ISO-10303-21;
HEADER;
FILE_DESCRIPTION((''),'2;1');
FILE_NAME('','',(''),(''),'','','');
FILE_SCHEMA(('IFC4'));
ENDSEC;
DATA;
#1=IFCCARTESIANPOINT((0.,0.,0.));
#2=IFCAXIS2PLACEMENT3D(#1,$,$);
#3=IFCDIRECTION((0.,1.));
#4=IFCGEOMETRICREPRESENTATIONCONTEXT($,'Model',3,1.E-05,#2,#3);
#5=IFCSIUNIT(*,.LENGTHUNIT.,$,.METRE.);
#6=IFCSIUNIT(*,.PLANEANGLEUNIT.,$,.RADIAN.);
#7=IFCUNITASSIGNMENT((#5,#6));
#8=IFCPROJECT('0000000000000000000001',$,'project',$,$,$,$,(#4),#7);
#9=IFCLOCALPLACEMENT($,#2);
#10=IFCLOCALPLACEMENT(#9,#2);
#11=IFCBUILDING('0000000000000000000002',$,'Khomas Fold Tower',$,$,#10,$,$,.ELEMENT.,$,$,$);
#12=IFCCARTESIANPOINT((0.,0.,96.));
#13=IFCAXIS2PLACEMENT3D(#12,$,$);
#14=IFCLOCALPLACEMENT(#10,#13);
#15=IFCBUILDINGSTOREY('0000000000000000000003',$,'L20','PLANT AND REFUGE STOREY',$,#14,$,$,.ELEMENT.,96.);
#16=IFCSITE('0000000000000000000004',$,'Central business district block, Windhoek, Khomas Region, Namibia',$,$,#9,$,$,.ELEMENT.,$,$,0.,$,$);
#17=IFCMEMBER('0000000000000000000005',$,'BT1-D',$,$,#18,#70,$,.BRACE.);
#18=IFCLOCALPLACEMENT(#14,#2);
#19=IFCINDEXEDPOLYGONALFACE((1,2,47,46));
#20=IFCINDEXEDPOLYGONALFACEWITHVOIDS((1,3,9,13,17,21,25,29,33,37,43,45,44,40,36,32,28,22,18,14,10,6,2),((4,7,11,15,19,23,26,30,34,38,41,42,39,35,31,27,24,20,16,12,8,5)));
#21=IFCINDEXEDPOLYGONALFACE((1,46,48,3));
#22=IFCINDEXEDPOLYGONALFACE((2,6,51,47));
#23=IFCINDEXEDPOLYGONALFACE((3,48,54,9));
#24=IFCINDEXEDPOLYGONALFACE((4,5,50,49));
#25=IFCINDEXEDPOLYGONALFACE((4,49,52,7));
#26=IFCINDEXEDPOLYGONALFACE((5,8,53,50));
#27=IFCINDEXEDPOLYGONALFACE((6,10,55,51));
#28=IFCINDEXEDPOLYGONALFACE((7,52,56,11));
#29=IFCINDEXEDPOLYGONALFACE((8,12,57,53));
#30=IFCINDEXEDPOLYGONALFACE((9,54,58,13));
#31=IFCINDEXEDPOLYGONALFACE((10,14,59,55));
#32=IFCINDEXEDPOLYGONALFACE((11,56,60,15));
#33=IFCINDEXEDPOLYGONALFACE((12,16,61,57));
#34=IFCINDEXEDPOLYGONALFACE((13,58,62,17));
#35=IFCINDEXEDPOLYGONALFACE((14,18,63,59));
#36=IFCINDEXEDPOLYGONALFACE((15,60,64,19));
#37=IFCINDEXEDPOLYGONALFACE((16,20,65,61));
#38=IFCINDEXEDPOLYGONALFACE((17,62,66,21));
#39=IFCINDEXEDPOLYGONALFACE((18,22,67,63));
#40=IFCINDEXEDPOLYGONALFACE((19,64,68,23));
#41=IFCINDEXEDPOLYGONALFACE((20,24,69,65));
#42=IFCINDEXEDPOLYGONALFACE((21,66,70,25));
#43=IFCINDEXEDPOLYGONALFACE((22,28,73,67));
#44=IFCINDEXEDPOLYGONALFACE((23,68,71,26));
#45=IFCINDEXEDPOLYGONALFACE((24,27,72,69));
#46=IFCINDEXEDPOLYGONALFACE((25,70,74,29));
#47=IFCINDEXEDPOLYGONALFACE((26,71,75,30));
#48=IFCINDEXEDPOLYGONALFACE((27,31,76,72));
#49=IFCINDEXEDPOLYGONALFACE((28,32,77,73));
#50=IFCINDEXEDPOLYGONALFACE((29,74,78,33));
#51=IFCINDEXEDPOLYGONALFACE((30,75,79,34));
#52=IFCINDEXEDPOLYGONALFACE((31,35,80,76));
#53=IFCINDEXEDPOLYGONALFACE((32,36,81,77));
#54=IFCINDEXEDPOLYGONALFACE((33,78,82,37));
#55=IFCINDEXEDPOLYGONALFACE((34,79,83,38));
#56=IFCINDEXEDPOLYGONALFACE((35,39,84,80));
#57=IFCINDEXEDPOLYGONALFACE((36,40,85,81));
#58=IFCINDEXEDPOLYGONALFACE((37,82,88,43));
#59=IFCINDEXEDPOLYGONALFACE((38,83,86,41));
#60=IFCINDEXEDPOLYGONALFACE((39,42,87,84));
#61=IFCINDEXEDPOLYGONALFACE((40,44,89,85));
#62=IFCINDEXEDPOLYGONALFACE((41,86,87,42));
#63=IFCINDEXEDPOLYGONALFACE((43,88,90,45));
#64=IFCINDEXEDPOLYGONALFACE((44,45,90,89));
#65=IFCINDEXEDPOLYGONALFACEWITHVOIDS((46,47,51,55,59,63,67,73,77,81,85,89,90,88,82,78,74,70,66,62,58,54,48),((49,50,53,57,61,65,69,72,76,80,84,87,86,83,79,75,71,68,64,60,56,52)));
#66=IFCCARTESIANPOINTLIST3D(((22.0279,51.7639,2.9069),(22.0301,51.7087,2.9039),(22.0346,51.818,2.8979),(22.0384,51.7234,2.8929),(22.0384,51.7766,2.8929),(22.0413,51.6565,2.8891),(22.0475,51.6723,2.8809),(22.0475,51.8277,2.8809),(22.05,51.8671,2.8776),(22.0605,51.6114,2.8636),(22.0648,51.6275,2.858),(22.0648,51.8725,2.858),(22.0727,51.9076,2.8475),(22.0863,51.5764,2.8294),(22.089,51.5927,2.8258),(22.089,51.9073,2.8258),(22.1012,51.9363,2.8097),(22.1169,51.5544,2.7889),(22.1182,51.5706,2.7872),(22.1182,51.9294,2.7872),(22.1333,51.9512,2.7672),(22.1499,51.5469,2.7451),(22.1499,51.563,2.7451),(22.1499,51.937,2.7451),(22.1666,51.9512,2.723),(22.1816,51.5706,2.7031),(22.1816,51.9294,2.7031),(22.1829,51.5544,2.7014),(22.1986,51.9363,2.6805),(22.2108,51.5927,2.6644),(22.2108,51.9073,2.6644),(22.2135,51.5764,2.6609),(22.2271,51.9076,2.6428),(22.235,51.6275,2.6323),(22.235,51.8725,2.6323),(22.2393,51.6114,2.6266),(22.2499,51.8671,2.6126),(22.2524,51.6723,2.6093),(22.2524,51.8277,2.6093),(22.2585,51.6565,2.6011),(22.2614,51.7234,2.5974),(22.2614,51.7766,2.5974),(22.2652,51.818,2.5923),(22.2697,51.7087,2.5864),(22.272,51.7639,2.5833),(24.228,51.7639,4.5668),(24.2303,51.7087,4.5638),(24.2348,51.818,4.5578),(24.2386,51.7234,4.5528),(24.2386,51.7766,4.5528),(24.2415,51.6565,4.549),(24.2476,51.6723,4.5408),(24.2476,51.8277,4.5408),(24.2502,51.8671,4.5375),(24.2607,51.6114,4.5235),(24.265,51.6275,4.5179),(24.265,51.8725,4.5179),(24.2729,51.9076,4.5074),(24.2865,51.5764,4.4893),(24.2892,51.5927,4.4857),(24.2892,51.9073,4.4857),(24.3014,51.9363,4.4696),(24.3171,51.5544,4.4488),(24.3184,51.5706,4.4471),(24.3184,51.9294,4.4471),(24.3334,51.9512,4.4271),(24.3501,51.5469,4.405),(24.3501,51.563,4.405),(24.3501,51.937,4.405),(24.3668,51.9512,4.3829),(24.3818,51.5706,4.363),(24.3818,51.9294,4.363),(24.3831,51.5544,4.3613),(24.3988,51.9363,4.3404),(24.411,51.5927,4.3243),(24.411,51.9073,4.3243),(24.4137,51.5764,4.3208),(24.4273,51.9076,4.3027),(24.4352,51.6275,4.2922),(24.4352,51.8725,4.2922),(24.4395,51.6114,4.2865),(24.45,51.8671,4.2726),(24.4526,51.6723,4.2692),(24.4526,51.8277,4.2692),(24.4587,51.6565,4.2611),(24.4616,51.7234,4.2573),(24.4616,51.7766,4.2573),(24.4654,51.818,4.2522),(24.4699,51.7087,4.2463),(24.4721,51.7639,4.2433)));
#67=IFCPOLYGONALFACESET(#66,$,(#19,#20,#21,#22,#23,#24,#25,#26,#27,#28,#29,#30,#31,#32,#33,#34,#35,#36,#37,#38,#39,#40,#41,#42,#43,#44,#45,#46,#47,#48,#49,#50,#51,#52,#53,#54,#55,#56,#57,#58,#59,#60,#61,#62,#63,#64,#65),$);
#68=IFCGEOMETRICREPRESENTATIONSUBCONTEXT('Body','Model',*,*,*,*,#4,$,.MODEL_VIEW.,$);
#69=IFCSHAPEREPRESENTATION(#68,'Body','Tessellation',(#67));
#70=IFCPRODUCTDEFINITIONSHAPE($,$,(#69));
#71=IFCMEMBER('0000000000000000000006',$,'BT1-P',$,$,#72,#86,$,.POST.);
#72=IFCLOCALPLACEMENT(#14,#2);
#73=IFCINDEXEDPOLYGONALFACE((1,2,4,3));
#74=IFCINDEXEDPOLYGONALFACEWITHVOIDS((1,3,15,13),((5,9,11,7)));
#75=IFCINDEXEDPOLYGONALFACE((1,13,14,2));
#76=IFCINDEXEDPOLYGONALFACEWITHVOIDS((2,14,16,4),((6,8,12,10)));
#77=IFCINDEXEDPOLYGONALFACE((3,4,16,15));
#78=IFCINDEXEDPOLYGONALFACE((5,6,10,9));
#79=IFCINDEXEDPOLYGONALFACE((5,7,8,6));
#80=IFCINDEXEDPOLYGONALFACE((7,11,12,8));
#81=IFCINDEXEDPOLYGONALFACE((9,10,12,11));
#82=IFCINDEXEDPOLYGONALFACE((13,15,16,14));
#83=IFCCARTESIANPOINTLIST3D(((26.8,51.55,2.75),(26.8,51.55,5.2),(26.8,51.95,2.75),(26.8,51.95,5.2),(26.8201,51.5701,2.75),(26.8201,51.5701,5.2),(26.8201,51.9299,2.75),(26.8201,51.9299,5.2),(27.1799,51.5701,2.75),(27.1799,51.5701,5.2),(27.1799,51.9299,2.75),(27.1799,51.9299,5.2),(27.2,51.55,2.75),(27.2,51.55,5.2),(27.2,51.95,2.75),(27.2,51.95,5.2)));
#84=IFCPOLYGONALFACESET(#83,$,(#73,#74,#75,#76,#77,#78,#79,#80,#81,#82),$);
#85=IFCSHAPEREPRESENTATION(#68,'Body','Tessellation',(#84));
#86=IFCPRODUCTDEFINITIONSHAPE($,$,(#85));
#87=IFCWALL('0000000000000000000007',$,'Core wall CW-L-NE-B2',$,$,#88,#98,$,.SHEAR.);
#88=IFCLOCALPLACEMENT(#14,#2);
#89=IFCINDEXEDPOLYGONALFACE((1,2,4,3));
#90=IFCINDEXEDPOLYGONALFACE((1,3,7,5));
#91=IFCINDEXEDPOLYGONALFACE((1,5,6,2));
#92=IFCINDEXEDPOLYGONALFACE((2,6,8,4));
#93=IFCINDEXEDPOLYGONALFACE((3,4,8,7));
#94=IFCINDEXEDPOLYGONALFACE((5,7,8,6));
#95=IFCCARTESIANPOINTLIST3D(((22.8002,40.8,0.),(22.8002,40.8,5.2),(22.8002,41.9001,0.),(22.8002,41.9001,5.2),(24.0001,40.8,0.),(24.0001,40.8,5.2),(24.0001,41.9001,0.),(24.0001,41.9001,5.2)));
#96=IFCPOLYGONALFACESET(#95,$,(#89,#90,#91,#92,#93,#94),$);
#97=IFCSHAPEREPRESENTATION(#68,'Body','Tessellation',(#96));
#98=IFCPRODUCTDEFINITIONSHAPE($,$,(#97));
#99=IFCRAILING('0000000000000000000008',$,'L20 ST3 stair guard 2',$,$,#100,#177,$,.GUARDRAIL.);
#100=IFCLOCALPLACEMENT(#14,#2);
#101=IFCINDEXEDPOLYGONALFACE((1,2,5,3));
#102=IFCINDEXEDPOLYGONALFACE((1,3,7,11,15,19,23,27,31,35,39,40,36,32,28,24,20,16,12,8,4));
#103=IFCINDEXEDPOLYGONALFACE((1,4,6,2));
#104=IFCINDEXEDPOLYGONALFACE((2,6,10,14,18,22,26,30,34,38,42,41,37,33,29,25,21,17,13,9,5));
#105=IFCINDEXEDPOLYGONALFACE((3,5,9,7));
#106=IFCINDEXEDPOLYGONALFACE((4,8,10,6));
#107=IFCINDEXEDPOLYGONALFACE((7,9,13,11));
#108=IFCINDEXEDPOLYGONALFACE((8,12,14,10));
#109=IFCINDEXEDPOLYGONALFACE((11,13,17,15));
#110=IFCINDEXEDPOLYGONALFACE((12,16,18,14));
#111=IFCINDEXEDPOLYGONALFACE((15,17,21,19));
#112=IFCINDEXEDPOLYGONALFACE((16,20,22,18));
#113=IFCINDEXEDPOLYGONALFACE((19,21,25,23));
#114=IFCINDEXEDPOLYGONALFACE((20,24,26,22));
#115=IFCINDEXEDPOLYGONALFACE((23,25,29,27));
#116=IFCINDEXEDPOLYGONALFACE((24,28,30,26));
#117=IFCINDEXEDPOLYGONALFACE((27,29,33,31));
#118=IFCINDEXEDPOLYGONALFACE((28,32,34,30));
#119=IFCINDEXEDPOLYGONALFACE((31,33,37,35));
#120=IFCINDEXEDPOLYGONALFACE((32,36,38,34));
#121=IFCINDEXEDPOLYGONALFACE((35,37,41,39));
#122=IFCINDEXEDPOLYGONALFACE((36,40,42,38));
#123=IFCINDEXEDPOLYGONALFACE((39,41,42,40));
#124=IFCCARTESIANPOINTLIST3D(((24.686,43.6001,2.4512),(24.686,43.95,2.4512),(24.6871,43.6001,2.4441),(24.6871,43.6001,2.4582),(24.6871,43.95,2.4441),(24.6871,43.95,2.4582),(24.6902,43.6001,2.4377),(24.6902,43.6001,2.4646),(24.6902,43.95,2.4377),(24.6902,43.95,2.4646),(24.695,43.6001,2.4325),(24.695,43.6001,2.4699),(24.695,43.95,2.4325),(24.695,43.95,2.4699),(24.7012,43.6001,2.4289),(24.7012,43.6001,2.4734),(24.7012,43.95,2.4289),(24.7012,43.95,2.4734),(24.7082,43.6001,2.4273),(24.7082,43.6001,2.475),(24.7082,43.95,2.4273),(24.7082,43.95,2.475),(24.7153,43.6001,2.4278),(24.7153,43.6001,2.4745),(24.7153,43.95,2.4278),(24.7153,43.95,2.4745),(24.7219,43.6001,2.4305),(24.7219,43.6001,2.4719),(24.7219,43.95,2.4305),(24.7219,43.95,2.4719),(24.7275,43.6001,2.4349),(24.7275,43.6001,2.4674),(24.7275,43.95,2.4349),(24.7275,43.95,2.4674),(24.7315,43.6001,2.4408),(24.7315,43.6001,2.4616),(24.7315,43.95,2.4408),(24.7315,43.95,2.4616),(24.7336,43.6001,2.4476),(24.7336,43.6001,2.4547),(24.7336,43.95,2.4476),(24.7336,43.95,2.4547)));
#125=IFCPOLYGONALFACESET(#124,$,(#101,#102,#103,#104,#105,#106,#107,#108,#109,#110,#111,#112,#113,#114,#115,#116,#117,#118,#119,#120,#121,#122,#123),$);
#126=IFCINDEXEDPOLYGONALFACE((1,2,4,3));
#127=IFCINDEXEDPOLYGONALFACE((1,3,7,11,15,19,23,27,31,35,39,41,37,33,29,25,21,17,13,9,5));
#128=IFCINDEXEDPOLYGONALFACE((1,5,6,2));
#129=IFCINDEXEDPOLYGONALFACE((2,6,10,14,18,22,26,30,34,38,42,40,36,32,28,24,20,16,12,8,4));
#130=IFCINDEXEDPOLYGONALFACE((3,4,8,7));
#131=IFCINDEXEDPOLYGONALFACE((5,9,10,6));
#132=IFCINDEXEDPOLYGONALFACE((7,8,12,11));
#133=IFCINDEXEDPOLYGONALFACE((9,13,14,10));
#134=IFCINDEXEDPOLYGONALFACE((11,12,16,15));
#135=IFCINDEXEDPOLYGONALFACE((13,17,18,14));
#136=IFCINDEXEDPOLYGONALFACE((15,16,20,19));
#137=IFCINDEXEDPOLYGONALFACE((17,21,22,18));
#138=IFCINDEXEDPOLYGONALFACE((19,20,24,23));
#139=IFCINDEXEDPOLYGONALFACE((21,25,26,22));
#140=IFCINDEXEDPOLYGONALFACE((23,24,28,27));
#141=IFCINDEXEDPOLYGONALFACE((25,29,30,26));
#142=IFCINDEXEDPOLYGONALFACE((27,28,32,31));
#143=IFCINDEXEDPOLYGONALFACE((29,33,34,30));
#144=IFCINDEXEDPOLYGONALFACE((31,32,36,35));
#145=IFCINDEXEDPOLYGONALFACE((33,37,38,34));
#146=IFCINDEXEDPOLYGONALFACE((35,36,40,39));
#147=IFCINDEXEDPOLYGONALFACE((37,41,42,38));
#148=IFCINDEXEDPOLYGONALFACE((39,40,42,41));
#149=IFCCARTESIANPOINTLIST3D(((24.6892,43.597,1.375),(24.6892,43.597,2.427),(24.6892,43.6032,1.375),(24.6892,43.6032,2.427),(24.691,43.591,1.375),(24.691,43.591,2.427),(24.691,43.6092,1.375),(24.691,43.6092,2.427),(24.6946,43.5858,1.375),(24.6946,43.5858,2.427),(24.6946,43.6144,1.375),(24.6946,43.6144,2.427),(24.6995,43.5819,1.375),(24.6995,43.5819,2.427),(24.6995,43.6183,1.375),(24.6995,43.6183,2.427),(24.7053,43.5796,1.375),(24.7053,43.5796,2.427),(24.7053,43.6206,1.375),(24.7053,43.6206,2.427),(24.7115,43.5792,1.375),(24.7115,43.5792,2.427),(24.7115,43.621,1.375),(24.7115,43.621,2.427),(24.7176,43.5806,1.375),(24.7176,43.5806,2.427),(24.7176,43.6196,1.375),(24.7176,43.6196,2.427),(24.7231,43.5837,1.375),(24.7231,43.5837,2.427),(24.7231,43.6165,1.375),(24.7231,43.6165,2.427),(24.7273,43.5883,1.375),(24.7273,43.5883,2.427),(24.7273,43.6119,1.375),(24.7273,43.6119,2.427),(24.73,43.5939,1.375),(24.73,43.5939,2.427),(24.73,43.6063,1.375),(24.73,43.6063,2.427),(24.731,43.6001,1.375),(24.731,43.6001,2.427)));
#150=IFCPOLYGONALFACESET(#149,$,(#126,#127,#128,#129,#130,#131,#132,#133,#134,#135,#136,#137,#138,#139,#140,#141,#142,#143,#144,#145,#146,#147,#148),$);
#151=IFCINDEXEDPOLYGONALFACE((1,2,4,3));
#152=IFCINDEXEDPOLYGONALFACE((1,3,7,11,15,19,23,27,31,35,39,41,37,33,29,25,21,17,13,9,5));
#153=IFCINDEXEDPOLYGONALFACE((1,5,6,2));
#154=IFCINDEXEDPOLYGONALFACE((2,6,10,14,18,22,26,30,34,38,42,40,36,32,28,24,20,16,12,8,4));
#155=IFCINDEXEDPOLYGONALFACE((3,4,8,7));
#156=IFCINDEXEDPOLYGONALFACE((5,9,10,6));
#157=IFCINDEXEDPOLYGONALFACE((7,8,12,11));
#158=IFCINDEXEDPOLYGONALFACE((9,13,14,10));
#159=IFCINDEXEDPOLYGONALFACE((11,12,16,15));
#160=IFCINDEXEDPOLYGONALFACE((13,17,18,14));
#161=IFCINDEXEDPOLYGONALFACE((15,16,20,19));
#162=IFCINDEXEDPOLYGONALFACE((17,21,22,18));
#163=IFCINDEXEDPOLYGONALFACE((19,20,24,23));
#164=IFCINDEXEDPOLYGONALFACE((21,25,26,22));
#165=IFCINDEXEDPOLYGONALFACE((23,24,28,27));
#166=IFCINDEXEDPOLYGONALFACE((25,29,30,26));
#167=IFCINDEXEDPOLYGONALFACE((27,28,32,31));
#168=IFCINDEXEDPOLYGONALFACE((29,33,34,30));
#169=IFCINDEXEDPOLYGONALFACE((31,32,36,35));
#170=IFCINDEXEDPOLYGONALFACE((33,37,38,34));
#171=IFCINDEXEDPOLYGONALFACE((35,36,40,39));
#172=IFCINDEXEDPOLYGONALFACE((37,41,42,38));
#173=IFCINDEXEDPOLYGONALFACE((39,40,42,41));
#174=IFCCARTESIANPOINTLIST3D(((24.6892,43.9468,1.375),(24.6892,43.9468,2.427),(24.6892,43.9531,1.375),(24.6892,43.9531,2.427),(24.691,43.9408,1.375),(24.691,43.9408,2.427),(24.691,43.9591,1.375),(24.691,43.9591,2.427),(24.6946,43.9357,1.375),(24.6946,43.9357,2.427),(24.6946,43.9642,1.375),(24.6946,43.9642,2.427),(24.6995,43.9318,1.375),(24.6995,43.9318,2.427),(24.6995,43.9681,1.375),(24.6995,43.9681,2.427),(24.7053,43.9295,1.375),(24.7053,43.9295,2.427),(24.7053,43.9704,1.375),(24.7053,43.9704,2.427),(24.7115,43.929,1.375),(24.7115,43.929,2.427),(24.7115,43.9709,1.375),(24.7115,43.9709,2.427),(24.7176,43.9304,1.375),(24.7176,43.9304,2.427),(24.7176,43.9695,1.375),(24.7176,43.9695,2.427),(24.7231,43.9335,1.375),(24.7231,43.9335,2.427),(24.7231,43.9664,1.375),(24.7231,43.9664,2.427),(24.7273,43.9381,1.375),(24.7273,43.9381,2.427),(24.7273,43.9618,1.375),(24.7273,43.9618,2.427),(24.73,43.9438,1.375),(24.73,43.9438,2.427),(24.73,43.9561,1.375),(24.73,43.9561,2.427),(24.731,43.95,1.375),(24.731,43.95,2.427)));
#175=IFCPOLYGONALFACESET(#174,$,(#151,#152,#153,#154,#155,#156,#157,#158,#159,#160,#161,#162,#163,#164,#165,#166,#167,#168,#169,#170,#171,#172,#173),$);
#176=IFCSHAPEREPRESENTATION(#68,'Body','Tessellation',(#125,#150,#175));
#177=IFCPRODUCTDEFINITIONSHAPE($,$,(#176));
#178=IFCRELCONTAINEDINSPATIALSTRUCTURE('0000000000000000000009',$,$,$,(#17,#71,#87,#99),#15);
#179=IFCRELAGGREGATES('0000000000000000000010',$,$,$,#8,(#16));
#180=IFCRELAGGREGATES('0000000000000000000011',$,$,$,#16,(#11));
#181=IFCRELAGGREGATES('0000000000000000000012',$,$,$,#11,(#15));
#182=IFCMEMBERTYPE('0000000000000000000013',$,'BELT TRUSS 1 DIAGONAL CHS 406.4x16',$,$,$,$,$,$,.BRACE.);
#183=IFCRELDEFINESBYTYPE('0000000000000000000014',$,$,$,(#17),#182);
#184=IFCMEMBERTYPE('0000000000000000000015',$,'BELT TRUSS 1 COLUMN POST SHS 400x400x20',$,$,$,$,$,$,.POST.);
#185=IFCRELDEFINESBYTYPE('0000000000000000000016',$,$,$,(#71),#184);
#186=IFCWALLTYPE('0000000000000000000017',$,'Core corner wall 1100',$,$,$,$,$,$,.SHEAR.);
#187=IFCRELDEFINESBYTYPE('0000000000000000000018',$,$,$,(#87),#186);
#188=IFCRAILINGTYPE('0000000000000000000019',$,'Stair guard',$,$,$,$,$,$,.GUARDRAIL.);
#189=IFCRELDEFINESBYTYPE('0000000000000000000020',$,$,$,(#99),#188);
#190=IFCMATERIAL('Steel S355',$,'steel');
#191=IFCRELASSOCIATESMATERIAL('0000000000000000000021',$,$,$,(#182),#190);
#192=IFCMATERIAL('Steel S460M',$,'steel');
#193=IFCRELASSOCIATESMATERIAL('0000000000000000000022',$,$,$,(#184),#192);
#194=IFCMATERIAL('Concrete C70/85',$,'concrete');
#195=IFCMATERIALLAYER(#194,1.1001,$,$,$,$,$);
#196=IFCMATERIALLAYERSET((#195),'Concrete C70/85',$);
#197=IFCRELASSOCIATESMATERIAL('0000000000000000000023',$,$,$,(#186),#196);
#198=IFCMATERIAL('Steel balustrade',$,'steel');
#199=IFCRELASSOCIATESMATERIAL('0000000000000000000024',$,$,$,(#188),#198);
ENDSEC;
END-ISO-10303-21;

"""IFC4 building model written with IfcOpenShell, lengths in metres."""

from ifc_helpers import new_model, si_unit, direction, frame, frame_2d, origin, origin_2d, place, context, subcontext, project, spatial, rectangle, hollow_rectangle, circle, hollow_circle, extrude, source, transform, mapped, material, layer, layer_set, material_profile, profile_set, type_object, element, save


model = new_model("IFC4")

# Units and contexts
model_context = context("Model", 3, precision=1e-05, world=origin(), true_north=direction((0.0, 1.0)))
body_context = subcontext(model_context, "Body", "Model", "MODEL_VIEW")
ifc_project = project(units=[si_unit("LENGTHUNIT", "METRE"), si_unit("PLANEANGLEUNIT", "RADIAN")], contexts=[model_context])

# Site, building, storey
site_placement = place(None, origin())
site = spatial("IfcSite", under=ifc_project, at=site_placement, Name="Central business district block, Windhoek, Khomas Region, Namibia", CompositionType="ELEMENT", RefElevation=0.0)
building_placement = place(site_placement, origin())
building = spatial("IfcBuilding", under=site, at=building_placement, Name="Khomas Fold Tower", CompositionType="ELEMENT")
storey_placement = place(building_placement, frame((0.0, 0.0, 96.0)))
storey = spatial("IfcBuildingStorey", under=building, at=storey_placement, Name="L20", Description="PLANT AND REFUGE STOREY", CompositionType="ELEMENT", Elevation=96.0)

# Members
ifc_material_1 = material(Name="Steel S355", Category="steel")
ifc_material_profile_1 = material_profile(ifc_material_1, hollow_circle(Radius=0.2031, WallThickness=0.0161, at=origin_2d()), Name="CHS 406.4x16")
ifc_profile_set_1 = profile_set([ifc_material_profile_1], Name="Steel S355")
member_type_1 = type_object("IfcMemberType", Name="BELT TRUSS 1 DIAGONAL CHS 406.4x16", PredefinedType="BRACE", material=ifc_profile_set_1)
shared_shape_1 = source(origin(), body_context, "Body", "SweptSolid", [
    extrude(hollow_circle(Radius=0.2031, WallThickness=0.0161, at=origin_2d()), origin(), (0.0, 0.0, 1.0), 2.7561),
])
member_1_placement = place(storey_placement, frame((24.3501, 51.75, 4.405), z_axis=(-0.798296, 0.0, -0.602265), x_axis=(0.0, -1.0, 0.0)))
element("IfcMember", 1, at=member_1_placement, inside=storey, type_object=member_type_1, Name="BT1-D", PredefinedType="BRACE", context=body_context, shape_type="MappedRepresentation", body=[
    mapped(shared_shape_1, transform((0.0, 0.0, 0.0))),
])
ifc_material_2 = material(Name="Steel S460M", Category="steel")
ifc_material_profile_2 = material_profile(ifc_material_2, hollow_rectangle(XDim=0.3999, YDim=0.3999, WallThickness=0.02, at=origin_2d()), Name="SHS 400x400x20")
ifc_profile_set_2 = profile_set([ifc_material_profile_2], Name="Steel S460M")
member_type_2 = type_object("IfcMemberType", Name="BELT TRUSS 1 COLUMN POST SHS 400x400x20", PredefinedType="POST", material=ifc_profile_set_2)
shared_shape_2 = source(origin(), body_context, "Body", "SweptSolid", [
    extrude(hollow_rectangle(XDim=0.3999, YDim=0.3999, WallThickness=0.02, at=origin_2d()), origin(), (0.0, 0.0, 1.0), 2.45),
])
member_2_placement = place(storey_placement, frame((27.0, 51.75, 2.75), z_axis=(0.0, 0.0, 1.0), x_axis=(1.0, 0.0, 0.0)))
element("IfcMember", 2, at=member_2_placement, inside=storey, type_object=member_type_2, Name="BT1-P", PredefinedType="POST", context=body_context, shape_type="MappedRepresentation", body=[
    mapped(shared_shape_2, transform((0.0, 0.0, 0.0))),
])

# Wall
ifc_material_3 = material(Name="Concrete C70/85", Category="concrete")
ifc_layer_1 = layer(ifc_material_3, 1.1001)
ifc_layer_set_1 = layer_set([ifc_layer_1], Name="Concrete C70/85")
wall_type = type_object("IfcWallType", Name="Core corner wall 1100", PredefinedType="SHEAR", material=ifc_layer_set_1)
shared_shape_3 = source(origin(), body_context, "Body", "SweptSolid", [
    extrude(rectangle(XDim=1.2, YDim=1.1001, at=frame_2d((0.6001, 0.0))), origin(), (0.0, 0.0, 1.0), 5.2),
])
wall_placement = place(storey_placement, frame((22.8, 41.3501, 0.0), z_axis=(0.0, 0.0, 1.0), x_axis=(1.0, 0.0, 0.0)))
element("IfcWall", 3, at=wall_placement, inside=storey, type_object=wall_type, Name="Core wall CW-L-NE-B2", PredefinedType="SHEAR", context=body_context, shape_type="MappedRepresentation", body=[
    mapped(shared_shape_3, transform((0.0, 0.0, 0.0))),
])

# Railing
ifc_material_4 = material(Name="Steel balustrade", Category="steel")
railing_type_1 = type_object("IfcRailingType", Name="Stair guard", PredefinedType="GUARDRAIL", material=ifc_material_4)
shared_shape_4 = source(origin(), body_context, "Body", "SweptSolid", [
    extrude(circle(Radius=0.0239, at=origin_2d()), frame((0.0, 0.0, 1.0762), z_axis=(0.0, 1.0, 0.0), x_axis=(-1.0, 0.0, 0.0)), (0.0, 0.0, 1.0), 0.3499),
    extrude(circle(Radius=0.021, at=origin_2d()), origin(), (0.0, 0.0, 1.0), 1.052),
    extrude(circle(Radius=0.021, at=origin_2d()), frame((0.0, 0.3499, 0.0)), (0.0, 0.0, 1.0), 1.052),
])
for number, where, name in (
    (4, (24.71, 43.6001, 1.375), "L20 ST3 stair guard 2"),
):
    element("IfcRailing", number, at=place(storey_placement, frame(where)), inside=storey, type_object=railing_type_1, Name=name, PredefinedType="GUARDRAIL", context=body_context, shape_type="MappedRepresentation", body=[
        mapped(shared_shape_4, transform((0.0, 0.0, 0.0))),
    ])

save(model, "model.ifc")
